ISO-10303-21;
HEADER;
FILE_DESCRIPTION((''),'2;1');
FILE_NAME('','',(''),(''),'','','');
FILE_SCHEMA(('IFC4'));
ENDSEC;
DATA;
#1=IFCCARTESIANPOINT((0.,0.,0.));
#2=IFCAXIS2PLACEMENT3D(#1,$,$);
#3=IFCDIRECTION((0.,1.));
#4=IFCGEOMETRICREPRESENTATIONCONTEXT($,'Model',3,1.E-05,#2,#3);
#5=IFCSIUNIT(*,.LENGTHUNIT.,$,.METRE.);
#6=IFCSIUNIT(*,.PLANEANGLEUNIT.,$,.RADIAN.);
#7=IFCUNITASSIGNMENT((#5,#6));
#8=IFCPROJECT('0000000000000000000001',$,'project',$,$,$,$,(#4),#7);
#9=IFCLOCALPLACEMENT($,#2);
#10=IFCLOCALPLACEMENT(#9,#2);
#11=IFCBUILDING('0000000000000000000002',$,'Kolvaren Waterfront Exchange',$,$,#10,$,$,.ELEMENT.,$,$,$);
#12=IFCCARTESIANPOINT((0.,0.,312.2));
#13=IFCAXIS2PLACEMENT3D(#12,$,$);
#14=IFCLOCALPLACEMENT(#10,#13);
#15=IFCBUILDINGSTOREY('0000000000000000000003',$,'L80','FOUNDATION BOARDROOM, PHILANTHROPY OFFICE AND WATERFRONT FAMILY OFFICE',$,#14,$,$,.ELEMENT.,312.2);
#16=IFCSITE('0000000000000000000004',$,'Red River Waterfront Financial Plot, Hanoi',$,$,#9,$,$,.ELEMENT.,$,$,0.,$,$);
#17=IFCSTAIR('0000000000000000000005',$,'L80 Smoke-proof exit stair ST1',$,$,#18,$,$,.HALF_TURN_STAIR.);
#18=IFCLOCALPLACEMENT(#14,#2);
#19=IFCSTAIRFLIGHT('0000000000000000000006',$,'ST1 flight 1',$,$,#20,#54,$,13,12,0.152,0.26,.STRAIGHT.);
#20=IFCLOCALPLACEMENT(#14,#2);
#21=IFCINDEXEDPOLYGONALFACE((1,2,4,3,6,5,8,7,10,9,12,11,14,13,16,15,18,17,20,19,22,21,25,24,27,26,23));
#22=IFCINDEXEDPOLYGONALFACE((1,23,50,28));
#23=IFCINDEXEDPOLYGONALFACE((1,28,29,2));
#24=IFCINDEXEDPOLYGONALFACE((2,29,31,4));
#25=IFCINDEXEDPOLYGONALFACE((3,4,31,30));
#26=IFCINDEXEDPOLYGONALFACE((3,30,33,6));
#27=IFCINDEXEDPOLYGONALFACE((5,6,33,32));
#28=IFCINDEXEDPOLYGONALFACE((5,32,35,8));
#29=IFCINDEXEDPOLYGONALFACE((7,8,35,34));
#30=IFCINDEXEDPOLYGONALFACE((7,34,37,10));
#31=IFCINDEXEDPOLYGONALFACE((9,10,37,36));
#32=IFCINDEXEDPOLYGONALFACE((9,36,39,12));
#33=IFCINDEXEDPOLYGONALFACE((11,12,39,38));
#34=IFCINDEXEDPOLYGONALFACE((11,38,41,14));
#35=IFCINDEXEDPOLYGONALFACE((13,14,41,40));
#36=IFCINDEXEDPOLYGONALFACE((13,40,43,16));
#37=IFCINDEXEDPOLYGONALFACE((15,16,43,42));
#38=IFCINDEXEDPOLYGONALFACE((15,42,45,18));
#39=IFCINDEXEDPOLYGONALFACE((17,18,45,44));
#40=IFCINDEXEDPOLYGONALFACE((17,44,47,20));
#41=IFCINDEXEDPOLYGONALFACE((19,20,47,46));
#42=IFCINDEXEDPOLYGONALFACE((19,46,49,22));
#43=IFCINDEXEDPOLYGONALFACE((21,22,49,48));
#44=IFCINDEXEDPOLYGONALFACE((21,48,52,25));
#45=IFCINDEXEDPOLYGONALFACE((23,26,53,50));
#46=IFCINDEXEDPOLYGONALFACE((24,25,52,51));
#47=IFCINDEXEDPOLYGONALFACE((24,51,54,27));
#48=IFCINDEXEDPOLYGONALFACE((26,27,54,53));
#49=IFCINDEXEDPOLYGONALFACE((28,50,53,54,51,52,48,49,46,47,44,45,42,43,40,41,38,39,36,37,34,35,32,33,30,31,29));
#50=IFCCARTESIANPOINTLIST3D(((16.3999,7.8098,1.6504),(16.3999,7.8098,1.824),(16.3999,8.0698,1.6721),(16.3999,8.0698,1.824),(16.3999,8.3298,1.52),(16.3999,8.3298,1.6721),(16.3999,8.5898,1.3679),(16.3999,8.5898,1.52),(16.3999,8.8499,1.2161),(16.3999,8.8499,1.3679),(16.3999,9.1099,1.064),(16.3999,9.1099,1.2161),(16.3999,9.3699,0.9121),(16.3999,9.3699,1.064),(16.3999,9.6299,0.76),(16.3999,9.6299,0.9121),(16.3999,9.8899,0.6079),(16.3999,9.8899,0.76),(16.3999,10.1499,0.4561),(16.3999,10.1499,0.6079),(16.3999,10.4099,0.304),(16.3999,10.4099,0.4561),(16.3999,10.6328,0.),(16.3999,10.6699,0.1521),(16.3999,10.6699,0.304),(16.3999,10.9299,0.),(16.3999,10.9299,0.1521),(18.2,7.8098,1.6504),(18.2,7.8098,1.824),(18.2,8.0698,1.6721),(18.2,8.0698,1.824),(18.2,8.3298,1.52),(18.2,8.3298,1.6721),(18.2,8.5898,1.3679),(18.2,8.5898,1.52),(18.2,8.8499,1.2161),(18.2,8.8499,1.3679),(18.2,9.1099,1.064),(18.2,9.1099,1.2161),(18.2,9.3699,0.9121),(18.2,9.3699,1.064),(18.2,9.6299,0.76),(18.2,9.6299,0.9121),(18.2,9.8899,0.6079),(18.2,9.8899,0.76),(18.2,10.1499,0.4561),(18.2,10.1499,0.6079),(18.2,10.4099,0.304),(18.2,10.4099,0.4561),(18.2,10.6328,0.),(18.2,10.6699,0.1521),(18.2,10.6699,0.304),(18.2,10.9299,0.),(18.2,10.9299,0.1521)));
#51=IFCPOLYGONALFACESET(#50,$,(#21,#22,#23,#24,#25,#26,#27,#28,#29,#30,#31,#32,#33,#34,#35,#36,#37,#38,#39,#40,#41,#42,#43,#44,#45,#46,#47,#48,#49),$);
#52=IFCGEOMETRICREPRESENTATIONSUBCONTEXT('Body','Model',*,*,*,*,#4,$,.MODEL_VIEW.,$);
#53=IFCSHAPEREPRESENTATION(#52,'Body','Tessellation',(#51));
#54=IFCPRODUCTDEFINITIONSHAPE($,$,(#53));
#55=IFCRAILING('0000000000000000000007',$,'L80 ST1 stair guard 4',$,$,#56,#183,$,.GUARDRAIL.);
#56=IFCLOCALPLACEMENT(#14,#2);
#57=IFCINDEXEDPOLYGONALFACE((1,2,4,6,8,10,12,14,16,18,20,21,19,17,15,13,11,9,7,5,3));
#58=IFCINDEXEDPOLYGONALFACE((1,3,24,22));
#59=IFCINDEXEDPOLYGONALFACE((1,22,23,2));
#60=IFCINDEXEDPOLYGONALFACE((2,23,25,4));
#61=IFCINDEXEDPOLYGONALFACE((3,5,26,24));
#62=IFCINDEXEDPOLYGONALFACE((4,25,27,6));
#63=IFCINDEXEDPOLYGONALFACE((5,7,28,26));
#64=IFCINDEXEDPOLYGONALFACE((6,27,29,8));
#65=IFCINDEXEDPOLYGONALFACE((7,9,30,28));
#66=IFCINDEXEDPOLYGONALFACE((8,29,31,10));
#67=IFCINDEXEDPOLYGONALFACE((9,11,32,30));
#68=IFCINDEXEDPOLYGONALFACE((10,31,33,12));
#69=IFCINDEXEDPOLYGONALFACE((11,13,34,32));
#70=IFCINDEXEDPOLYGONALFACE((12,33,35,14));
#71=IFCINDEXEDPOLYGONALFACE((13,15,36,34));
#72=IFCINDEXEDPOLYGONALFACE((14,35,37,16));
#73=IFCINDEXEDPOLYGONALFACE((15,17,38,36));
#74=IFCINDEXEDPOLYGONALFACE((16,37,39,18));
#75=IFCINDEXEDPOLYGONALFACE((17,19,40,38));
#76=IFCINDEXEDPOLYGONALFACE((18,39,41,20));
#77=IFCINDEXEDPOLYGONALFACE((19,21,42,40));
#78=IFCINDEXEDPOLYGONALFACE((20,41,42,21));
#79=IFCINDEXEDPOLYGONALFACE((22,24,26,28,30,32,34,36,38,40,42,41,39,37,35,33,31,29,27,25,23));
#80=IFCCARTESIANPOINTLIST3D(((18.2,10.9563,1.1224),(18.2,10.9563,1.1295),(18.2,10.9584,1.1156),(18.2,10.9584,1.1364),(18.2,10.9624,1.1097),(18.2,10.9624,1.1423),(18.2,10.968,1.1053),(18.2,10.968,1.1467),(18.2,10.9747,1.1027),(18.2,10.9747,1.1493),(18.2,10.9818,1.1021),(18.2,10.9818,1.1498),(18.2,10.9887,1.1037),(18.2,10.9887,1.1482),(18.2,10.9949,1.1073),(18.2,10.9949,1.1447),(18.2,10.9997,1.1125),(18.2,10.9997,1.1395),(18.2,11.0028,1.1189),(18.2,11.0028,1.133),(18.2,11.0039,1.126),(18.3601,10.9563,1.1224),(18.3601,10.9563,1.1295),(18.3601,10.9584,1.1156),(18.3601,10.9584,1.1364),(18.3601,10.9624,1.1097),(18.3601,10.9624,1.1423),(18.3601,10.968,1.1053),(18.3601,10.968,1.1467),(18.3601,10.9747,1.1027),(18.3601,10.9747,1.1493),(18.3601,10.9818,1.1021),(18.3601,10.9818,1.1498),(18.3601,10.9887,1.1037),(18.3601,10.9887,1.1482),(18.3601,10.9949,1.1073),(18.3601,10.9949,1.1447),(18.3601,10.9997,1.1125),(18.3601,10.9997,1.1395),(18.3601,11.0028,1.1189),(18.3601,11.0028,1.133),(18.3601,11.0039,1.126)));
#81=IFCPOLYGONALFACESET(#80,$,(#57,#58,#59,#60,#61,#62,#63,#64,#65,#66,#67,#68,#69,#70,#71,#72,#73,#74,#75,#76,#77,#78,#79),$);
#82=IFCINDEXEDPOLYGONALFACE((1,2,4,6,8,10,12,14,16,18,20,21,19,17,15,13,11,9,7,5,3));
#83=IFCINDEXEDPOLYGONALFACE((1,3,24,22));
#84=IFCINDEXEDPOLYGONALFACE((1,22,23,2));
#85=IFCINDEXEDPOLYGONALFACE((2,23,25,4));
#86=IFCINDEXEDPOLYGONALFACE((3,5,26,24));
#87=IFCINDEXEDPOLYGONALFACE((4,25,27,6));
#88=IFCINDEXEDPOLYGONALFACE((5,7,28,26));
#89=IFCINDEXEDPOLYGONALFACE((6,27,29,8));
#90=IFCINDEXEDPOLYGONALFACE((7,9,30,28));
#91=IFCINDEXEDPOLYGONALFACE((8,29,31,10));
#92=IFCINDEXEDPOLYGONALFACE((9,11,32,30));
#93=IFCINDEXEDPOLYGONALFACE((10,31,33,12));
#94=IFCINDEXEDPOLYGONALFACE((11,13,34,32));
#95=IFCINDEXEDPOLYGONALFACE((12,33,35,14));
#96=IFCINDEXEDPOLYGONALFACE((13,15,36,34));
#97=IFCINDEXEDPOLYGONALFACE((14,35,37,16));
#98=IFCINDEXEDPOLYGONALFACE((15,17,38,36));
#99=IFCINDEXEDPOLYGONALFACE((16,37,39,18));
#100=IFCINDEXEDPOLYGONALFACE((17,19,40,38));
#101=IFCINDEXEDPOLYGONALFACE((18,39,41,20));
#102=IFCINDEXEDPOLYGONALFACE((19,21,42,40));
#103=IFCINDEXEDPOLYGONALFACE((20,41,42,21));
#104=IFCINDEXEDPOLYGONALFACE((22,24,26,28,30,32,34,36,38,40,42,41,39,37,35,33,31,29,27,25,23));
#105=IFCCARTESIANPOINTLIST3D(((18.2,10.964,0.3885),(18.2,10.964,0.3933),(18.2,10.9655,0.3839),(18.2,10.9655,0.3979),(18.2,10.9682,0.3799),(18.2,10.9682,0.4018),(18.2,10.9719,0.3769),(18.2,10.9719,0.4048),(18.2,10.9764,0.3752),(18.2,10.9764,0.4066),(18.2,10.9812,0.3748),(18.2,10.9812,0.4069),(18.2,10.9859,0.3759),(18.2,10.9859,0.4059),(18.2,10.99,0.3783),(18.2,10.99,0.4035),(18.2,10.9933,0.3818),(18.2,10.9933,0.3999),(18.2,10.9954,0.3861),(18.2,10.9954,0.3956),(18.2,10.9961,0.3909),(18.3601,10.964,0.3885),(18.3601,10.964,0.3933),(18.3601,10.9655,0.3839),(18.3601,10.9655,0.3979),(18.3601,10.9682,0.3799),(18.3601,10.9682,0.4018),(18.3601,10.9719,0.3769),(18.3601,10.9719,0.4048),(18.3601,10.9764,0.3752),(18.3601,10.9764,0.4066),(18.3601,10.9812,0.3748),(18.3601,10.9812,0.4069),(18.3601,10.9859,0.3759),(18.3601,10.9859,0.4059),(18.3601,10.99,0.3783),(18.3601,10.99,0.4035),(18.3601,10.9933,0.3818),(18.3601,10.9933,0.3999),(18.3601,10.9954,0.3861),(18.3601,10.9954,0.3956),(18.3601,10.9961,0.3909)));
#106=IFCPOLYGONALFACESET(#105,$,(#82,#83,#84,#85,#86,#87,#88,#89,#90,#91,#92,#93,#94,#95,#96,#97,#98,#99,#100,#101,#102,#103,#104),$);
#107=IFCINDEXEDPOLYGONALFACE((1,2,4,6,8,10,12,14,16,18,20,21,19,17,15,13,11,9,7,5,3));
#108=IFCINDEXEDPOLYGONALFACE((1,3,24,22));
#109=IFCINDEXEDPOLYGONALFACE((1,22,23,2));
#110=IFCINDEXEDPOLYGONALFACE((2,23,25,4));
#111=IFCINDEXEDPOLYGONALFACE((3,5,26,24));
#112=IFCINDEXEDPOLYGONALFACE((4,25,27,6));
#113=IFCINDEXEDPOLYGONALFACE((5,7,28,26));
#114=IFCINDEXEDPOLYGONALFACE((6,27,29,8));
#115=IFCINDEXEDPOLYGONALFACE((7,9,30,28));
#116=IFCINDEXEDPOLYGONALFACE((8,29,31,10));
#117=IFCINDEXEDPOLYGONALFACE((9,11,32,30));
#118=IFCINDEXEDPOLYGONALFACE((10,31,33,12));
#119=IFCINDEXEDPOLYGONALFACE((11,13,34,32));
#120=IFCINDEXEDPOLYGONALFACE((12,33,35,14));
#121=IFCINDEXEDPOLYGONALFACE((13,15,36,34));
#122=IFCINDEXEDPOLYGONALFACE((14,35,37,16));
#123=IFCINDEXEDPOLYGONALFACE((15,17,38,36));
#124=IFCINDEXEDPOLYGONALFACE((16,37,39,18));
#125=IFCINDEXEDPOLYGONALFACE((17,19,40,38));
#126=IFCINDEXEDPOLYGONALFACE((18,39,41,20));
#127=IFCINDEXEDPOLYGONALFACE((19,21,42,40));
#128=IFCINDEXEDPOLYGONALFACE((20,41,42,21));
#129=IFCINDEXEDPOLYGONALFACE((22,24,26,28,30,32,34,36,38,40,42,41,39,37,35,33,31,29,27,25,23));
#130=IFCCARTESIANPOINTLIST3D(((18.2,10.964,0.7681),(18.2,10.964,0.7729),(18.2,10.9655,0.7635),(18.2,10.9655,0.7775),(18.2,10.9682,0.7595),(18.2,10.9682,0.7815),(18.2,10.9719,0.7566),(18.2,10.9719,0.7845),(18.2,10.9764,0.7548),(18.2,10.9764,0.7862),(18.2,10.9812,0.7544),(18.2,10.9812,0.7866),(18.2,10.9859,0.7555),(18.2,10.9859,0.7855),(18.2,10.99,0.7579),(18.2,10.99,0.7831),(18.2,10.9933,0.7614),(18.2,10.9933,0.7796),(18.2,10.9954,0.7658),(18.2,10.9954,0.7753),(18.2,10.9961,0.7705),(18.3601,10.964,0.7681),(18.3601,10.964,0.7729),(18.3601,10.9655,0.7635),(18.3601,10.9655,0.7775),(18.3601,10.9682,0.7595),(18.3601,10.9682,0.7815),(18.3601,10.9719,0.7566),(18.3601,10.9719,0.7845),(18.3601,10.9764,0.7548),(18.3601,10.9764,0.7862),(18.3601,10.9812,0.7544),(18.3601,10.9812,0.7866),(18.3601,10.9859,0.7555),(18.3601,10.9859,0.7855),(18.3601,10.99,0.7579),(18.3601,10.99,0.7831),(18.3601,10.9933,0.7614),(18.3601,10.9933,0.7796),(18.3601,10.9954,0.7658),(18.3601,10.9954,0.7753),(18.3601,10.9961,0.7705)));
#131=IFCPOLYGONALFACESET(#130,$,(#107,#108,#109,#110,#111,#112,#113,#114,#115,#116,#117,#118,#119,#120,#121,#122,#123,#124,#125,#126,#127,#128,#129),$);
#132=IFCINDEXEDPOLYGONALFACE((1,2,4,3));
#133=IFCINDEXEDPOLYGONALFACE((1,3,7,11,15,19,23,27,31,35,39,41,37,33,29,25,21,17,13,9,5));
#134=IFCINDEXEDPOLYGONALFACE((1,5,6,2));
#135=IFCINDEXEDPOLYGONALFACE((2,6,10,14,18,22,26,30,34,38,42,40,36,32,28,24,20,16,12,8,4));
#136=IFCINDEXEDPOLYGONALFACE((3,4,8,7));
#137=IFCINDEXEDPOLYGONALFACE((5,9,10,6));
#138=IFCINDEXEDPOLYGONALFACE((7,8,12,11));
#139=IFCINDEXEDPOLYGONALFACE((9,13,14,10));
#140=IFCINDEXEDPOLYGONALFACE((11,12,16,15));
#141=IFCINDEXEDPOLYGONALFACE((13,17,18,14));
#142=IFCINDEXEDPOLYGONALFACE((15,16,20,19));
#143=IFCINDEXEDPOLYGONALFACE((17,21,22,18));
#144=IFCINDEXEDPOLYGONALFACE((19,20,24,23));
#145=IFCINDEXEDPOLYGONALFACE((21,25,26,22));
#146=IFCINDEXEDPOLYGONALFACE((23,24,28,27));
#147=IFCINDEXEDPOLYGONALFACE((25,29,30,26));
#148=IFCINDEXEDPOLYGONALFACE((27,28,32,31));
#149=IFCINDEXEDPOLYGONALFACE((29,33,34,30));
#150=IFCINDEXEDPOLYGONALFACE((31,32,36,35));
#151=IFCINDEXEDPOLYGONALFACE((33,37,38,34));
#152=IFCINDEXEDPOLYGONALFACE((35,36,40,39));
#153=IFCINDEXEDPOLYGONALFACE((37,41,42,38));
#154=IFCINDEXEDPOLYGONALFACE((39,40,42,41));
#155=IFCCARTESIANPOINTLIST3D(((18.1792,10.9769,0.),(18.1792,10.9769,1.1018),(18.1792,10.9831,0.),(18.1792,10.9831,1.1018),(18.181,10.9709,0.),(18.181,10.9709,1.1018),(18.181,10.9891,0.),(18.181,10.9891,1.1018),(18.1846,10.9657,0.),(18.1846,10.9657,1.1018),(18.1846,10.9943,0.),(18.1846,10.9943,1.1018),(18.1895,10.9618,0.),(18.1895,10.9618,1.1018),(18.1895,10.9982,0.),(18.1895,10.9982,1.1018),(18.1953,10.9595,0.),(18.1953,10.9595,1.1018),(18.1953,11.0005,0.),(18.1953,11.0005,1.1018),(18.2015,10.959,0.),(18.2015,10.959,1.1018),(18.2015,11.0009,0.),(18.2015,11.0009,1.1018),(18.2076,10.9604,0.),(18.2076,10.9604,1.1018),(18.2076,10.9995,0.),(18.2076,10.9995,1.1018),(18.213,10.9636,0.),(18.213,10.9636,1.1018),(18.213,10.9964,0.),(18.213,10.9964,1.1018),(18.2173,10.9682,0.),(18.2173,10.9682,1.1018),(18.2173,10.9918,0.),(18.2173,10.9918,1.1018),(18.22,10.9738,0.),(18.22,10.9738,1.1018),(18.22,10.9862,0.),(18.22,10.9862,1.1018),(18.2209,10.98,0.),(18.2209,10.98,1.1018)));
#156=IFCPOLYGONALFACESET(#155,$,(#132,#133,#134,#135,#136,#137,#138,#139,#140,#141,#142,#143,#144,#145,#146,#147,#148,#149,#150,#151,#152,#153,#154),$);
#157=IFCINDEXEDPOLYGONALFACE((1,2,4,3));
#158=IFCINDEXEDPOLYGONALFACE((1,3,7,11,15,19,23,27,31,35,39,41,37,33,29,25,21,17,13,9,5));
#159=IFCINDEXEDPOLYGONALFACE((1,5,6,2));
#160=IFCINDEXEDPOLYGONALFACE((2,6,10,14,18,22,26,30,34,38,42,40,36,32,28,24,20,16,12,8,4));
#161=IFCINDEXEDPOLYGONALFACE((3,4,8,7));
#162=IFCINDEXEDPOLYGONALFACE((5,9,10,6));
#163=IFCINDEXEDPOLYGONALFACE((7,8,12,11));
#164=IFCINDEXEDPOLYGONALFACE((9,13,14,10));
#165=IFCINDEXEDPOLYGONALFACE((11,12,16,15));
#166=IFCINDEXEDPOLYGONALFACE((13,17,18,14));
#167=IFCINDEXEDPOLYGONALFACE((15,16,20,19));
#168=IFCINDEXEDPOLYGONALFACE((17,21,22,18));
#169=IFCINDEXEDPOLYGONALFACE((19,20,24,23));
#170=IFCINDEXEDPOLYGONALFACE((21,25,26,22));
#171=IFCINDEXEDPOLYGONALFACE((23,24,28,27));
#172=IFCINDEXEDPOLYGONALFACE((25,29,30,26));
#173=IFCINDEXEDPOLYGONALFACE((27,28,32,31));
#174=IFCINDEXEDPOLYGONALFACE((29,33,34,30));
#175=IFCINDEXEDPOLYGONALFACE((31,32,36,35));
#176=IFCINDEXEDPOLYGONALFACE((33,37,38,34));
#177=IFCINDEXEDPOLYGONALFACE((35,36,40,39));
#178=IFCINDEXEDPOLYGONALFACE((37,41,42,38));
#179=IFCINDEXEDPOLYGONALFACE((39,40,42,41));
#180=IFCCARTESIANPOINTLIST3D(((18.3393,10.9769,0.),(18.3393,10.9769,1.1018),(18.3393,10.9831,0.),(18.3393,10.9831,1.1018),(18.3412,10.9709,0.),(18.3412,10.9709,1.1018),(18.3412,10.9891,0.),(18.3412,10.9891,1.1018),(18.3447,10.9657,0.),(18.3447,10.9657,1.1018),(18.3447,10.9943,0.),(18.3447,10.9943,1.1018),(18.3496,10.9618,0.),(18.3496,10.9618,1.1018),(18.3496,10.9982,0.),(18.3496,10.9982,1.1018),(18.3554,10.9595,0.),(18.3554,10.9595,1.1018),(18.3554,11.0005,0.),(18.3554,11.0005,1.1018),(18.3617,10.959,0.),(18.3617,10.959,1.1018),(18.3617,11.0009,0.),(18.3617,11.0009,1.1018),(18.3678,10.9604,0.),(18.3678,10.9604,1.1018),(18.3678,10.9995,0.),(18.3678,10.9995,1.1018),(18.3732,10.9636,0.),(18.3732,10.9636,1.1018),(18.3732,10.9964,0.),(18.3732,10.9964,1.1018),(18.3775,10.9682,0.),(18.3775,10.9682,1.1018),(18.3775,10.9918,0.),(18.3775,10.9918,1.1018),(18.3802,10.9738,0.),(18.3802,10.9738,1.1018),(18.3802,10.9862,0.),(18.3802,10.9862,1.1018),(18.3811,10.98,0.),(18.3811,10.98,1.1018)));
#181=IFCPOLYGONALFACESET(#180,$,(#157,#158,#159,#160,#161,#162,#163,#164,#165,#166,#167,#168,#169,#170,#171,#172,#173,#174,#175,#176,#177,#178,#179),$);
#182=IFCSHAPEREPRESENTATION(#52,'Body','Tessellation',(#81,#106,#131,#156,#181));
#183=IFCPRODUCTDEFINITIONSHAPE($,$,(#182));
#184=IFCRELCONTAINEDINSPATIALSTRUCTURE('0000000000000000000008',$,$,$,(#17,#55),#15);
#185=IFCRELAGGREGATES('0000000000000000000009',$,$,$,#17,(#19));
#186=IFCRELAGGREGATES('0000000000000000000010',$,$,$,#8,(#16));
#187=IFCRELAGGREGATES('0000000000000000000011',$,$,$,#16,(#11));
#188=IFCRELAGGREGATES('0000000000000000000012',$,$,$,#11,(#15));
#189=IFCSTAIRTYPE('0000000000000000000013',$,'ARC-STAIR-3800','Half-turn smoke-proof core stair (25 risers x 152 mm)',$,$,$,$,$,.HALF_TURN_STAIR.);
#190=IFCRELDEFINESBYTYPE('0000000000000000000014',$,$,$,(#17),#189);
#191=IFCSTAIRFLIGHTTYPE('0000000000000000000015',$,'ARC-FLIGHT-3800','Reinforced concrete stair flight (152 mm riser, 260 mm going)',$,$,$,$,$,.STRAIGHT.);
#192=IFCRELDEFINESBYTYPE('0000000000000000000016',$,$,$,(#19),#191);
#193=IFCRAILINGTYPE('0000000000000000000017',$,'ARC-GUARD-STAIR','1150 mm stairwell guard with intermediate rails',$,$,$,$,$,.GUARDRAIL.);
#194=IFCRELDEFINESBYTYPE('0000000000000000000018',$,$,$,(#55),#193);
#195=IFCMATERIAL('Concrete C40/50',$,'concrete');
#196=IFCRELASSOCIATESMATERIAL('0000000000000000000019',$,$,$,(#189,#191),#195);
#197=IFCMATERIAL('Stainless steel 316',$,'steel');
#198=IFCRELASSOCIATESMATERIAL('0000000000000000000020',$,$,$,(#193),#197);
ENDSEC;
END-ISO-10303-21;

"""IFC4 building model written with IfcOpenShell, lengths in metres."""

from ifc_helpers import new_model, si_unit, direction, frame, origin, origin_2d, place, context, subcontext, project, spatial, polyline, circle, outline, extrude, material, type_object, element, aggregate, save


model = new_model("IFC4")

# Units and contexts
model_context = context("Model", 3, precision=1e-05, world=origin(), true_north=direction((0.0, 1.0)))
body_context = subcontext(model_context, "Body", "Model", "MODEL_VIEW")
ifc_project = project(units=[si_unit("LENGTHUNIT", "METRE"), si_unit("PLANEANGLEUNIT", "RADIAN")], contexts=[model_context])

# Site, building, storey
site_placement = place(None, origin())
site = spatial("IfcSite", under=ifc_project, at=site_placement, Name="Red River Waterfront Financial Plot, Hanoi", CompositionType="ELEMENT", RefElevation=0.0)
building_placement = place(site_placement, origin())
building = spatial("IfcBuilding", under=site, at=building_placement, Name="Kolvaren Waterfront Exchange", CompositionType="ELEMENT")
storey_placement = place(building_placement, frame((0.0, 0.0, 312.2)))
storey = spatial("IfcBuildingStorey", under=building, at=storey_placement, Name="L80", Description="FOUNDATION BOARDROOM, PHILANTHROPY OFFICE AND WATERFRONT FAMILY OFFICE", CompositionType="ELEMENT", Elevation=312.2)

# Shared definitions
ifc_material_1 = material(Name="Concrete C40/50", Category="concrete")

# Stair, stair flight
stair_type = type_object("IfcStairType", Name="ARC-STAIR-3800", Description="Half-turn smoke-proof core stair (25 risers x 152 mm)", PredefinedType="HALF_TURN_STAIR", material=ifc_material_1)
stair_placement = place(storey_placement, origin())
stair = element("IfcStair", 1, at=stair_placement, inside=storey, type_object=stair_type, Name="L80 Smoke-proof exit stair ST1", PredefinedType="HALF_TURN_STAIR")
stair_flight_type = type_object("IfcStairFlightType", Name="ARC-FLIGHT-3800", Description="Reinforced concrete stair flight (152 mm riser, 260 mm going)", PredefinedType="STRAIGHT", material=ifc_material_1)
stair_flight_placement = place(storey_placement, frame((17.3, 10.9299, 0.0), z_axis=(0.0, 0.0, 1.0), x_axis=(0.0, -1.0, 0.0)))
stair_flight = element("IfcStairFlight", 2, at=stair_flight_placement, type_object=stair_flight_type, Name="ST1 flight 1", NumberOfRisers=13, NumberOfTreads=12, PredefinedType="STRAIGHT", RiserHeight=0.152, TreadLength=0.26, context=body_context, shape_type="SweptSolid", body=[
    extrude(outline(polyline([(0.0, 0.0), (0.0, 0.1521), (0.26, 0.1521), (0.26, 0.304), (0.52, 0.304), (0.52, 0.4561), (0.78, 0.4561), (0.78, 0.6079), (1.04, 0.6079), (1.04, 0.76), (1.3, 0.76), (1.3, 0.9121), (1.5601, 0.9121), (1.5601, 1.064), (1.8201, 1.064), (1.8201, 1.2161), (2.0801, 1.2161), (2.0801, 1.3679), (2.3401, 1.3679), (2.3401, 1.52), (2.6001, 1.52), (2.6001, 1.6721), (2.8601, 1.6721), (2.8601, 1.824), (3.1201, 1.824), (3.1201, 1.9761), (3.1201, 1.6504), (0.2971, 0.0), (0.0, 0.0)])), frame((0.0, 0.8999, 0.0), z_axis=(0.0, -1.0, 0.0), x_axis=(1.0, 0.0, 0.0)), (0.0, 0.0, 1.0), 1.8),
])
aggregate(stair, [stair_flight])

# Railing
ifc_material_2 = material(Name="Stainless steel 316", Category="steel")
railing_type_1 = type_object("IfcRailingType", Name="ARC-GUARD-STAIR", Description="1150 mm stairwell guard with intermediate rails", PredefinedType="GUARDRAIL", material=ifc_material_2)
railing_1_placement = place(storey_placement, frame((18.2, 10.98, 0.0)))
element("IfcRailing", 3, at=railing_1_placement, inside=storey, type_object=railing_type_1, Name="L80 ST1 stair guard 4", PredefinedType="GUARDRAIL", context=body_context, shape_type="SweptSolid", body=[
    extrude(circle(Radius=0.0239, at=origin_2d()), frame((0.0, 0.0, 1.126), z_axis=(1.0, 0.0, 0.0), x_axis=(0.0, 1.0, 0.0)), (0.0, 0.0, 1.0), 0.1602),
    extrude(circle(Radius=0.0161, at=origin_2d()), frame((0.0, 0.0, 0.3909), z_axis=(1.0, 0.0, 0.0), x_axis=(0.0, 1.0, 0.0)), (0.0, 0.0, 1.0), 0.1602),
    extrude(circle(Radius=0.0161, at=origin_2d()), frame((0.0, 0.0, 0.7705), z_axis=(1.0, 0.0, 0.0), x_axis=(0.0, 1.0, 0.0)), (0.0, 0.0, 1.0), 0.1602),
    extrude(circle(Radius=0.021, at=origin_2d()), origin(), (0.0, 0.0, 1.0), 1.1018),
    extrude(circle(Radius=0.021, at=origin_2d()), frame((0.1602, 0.0, 0.0)), (0.0, 0.0, 1.0), 1.1018),
])

save(model, "model.ifc")
